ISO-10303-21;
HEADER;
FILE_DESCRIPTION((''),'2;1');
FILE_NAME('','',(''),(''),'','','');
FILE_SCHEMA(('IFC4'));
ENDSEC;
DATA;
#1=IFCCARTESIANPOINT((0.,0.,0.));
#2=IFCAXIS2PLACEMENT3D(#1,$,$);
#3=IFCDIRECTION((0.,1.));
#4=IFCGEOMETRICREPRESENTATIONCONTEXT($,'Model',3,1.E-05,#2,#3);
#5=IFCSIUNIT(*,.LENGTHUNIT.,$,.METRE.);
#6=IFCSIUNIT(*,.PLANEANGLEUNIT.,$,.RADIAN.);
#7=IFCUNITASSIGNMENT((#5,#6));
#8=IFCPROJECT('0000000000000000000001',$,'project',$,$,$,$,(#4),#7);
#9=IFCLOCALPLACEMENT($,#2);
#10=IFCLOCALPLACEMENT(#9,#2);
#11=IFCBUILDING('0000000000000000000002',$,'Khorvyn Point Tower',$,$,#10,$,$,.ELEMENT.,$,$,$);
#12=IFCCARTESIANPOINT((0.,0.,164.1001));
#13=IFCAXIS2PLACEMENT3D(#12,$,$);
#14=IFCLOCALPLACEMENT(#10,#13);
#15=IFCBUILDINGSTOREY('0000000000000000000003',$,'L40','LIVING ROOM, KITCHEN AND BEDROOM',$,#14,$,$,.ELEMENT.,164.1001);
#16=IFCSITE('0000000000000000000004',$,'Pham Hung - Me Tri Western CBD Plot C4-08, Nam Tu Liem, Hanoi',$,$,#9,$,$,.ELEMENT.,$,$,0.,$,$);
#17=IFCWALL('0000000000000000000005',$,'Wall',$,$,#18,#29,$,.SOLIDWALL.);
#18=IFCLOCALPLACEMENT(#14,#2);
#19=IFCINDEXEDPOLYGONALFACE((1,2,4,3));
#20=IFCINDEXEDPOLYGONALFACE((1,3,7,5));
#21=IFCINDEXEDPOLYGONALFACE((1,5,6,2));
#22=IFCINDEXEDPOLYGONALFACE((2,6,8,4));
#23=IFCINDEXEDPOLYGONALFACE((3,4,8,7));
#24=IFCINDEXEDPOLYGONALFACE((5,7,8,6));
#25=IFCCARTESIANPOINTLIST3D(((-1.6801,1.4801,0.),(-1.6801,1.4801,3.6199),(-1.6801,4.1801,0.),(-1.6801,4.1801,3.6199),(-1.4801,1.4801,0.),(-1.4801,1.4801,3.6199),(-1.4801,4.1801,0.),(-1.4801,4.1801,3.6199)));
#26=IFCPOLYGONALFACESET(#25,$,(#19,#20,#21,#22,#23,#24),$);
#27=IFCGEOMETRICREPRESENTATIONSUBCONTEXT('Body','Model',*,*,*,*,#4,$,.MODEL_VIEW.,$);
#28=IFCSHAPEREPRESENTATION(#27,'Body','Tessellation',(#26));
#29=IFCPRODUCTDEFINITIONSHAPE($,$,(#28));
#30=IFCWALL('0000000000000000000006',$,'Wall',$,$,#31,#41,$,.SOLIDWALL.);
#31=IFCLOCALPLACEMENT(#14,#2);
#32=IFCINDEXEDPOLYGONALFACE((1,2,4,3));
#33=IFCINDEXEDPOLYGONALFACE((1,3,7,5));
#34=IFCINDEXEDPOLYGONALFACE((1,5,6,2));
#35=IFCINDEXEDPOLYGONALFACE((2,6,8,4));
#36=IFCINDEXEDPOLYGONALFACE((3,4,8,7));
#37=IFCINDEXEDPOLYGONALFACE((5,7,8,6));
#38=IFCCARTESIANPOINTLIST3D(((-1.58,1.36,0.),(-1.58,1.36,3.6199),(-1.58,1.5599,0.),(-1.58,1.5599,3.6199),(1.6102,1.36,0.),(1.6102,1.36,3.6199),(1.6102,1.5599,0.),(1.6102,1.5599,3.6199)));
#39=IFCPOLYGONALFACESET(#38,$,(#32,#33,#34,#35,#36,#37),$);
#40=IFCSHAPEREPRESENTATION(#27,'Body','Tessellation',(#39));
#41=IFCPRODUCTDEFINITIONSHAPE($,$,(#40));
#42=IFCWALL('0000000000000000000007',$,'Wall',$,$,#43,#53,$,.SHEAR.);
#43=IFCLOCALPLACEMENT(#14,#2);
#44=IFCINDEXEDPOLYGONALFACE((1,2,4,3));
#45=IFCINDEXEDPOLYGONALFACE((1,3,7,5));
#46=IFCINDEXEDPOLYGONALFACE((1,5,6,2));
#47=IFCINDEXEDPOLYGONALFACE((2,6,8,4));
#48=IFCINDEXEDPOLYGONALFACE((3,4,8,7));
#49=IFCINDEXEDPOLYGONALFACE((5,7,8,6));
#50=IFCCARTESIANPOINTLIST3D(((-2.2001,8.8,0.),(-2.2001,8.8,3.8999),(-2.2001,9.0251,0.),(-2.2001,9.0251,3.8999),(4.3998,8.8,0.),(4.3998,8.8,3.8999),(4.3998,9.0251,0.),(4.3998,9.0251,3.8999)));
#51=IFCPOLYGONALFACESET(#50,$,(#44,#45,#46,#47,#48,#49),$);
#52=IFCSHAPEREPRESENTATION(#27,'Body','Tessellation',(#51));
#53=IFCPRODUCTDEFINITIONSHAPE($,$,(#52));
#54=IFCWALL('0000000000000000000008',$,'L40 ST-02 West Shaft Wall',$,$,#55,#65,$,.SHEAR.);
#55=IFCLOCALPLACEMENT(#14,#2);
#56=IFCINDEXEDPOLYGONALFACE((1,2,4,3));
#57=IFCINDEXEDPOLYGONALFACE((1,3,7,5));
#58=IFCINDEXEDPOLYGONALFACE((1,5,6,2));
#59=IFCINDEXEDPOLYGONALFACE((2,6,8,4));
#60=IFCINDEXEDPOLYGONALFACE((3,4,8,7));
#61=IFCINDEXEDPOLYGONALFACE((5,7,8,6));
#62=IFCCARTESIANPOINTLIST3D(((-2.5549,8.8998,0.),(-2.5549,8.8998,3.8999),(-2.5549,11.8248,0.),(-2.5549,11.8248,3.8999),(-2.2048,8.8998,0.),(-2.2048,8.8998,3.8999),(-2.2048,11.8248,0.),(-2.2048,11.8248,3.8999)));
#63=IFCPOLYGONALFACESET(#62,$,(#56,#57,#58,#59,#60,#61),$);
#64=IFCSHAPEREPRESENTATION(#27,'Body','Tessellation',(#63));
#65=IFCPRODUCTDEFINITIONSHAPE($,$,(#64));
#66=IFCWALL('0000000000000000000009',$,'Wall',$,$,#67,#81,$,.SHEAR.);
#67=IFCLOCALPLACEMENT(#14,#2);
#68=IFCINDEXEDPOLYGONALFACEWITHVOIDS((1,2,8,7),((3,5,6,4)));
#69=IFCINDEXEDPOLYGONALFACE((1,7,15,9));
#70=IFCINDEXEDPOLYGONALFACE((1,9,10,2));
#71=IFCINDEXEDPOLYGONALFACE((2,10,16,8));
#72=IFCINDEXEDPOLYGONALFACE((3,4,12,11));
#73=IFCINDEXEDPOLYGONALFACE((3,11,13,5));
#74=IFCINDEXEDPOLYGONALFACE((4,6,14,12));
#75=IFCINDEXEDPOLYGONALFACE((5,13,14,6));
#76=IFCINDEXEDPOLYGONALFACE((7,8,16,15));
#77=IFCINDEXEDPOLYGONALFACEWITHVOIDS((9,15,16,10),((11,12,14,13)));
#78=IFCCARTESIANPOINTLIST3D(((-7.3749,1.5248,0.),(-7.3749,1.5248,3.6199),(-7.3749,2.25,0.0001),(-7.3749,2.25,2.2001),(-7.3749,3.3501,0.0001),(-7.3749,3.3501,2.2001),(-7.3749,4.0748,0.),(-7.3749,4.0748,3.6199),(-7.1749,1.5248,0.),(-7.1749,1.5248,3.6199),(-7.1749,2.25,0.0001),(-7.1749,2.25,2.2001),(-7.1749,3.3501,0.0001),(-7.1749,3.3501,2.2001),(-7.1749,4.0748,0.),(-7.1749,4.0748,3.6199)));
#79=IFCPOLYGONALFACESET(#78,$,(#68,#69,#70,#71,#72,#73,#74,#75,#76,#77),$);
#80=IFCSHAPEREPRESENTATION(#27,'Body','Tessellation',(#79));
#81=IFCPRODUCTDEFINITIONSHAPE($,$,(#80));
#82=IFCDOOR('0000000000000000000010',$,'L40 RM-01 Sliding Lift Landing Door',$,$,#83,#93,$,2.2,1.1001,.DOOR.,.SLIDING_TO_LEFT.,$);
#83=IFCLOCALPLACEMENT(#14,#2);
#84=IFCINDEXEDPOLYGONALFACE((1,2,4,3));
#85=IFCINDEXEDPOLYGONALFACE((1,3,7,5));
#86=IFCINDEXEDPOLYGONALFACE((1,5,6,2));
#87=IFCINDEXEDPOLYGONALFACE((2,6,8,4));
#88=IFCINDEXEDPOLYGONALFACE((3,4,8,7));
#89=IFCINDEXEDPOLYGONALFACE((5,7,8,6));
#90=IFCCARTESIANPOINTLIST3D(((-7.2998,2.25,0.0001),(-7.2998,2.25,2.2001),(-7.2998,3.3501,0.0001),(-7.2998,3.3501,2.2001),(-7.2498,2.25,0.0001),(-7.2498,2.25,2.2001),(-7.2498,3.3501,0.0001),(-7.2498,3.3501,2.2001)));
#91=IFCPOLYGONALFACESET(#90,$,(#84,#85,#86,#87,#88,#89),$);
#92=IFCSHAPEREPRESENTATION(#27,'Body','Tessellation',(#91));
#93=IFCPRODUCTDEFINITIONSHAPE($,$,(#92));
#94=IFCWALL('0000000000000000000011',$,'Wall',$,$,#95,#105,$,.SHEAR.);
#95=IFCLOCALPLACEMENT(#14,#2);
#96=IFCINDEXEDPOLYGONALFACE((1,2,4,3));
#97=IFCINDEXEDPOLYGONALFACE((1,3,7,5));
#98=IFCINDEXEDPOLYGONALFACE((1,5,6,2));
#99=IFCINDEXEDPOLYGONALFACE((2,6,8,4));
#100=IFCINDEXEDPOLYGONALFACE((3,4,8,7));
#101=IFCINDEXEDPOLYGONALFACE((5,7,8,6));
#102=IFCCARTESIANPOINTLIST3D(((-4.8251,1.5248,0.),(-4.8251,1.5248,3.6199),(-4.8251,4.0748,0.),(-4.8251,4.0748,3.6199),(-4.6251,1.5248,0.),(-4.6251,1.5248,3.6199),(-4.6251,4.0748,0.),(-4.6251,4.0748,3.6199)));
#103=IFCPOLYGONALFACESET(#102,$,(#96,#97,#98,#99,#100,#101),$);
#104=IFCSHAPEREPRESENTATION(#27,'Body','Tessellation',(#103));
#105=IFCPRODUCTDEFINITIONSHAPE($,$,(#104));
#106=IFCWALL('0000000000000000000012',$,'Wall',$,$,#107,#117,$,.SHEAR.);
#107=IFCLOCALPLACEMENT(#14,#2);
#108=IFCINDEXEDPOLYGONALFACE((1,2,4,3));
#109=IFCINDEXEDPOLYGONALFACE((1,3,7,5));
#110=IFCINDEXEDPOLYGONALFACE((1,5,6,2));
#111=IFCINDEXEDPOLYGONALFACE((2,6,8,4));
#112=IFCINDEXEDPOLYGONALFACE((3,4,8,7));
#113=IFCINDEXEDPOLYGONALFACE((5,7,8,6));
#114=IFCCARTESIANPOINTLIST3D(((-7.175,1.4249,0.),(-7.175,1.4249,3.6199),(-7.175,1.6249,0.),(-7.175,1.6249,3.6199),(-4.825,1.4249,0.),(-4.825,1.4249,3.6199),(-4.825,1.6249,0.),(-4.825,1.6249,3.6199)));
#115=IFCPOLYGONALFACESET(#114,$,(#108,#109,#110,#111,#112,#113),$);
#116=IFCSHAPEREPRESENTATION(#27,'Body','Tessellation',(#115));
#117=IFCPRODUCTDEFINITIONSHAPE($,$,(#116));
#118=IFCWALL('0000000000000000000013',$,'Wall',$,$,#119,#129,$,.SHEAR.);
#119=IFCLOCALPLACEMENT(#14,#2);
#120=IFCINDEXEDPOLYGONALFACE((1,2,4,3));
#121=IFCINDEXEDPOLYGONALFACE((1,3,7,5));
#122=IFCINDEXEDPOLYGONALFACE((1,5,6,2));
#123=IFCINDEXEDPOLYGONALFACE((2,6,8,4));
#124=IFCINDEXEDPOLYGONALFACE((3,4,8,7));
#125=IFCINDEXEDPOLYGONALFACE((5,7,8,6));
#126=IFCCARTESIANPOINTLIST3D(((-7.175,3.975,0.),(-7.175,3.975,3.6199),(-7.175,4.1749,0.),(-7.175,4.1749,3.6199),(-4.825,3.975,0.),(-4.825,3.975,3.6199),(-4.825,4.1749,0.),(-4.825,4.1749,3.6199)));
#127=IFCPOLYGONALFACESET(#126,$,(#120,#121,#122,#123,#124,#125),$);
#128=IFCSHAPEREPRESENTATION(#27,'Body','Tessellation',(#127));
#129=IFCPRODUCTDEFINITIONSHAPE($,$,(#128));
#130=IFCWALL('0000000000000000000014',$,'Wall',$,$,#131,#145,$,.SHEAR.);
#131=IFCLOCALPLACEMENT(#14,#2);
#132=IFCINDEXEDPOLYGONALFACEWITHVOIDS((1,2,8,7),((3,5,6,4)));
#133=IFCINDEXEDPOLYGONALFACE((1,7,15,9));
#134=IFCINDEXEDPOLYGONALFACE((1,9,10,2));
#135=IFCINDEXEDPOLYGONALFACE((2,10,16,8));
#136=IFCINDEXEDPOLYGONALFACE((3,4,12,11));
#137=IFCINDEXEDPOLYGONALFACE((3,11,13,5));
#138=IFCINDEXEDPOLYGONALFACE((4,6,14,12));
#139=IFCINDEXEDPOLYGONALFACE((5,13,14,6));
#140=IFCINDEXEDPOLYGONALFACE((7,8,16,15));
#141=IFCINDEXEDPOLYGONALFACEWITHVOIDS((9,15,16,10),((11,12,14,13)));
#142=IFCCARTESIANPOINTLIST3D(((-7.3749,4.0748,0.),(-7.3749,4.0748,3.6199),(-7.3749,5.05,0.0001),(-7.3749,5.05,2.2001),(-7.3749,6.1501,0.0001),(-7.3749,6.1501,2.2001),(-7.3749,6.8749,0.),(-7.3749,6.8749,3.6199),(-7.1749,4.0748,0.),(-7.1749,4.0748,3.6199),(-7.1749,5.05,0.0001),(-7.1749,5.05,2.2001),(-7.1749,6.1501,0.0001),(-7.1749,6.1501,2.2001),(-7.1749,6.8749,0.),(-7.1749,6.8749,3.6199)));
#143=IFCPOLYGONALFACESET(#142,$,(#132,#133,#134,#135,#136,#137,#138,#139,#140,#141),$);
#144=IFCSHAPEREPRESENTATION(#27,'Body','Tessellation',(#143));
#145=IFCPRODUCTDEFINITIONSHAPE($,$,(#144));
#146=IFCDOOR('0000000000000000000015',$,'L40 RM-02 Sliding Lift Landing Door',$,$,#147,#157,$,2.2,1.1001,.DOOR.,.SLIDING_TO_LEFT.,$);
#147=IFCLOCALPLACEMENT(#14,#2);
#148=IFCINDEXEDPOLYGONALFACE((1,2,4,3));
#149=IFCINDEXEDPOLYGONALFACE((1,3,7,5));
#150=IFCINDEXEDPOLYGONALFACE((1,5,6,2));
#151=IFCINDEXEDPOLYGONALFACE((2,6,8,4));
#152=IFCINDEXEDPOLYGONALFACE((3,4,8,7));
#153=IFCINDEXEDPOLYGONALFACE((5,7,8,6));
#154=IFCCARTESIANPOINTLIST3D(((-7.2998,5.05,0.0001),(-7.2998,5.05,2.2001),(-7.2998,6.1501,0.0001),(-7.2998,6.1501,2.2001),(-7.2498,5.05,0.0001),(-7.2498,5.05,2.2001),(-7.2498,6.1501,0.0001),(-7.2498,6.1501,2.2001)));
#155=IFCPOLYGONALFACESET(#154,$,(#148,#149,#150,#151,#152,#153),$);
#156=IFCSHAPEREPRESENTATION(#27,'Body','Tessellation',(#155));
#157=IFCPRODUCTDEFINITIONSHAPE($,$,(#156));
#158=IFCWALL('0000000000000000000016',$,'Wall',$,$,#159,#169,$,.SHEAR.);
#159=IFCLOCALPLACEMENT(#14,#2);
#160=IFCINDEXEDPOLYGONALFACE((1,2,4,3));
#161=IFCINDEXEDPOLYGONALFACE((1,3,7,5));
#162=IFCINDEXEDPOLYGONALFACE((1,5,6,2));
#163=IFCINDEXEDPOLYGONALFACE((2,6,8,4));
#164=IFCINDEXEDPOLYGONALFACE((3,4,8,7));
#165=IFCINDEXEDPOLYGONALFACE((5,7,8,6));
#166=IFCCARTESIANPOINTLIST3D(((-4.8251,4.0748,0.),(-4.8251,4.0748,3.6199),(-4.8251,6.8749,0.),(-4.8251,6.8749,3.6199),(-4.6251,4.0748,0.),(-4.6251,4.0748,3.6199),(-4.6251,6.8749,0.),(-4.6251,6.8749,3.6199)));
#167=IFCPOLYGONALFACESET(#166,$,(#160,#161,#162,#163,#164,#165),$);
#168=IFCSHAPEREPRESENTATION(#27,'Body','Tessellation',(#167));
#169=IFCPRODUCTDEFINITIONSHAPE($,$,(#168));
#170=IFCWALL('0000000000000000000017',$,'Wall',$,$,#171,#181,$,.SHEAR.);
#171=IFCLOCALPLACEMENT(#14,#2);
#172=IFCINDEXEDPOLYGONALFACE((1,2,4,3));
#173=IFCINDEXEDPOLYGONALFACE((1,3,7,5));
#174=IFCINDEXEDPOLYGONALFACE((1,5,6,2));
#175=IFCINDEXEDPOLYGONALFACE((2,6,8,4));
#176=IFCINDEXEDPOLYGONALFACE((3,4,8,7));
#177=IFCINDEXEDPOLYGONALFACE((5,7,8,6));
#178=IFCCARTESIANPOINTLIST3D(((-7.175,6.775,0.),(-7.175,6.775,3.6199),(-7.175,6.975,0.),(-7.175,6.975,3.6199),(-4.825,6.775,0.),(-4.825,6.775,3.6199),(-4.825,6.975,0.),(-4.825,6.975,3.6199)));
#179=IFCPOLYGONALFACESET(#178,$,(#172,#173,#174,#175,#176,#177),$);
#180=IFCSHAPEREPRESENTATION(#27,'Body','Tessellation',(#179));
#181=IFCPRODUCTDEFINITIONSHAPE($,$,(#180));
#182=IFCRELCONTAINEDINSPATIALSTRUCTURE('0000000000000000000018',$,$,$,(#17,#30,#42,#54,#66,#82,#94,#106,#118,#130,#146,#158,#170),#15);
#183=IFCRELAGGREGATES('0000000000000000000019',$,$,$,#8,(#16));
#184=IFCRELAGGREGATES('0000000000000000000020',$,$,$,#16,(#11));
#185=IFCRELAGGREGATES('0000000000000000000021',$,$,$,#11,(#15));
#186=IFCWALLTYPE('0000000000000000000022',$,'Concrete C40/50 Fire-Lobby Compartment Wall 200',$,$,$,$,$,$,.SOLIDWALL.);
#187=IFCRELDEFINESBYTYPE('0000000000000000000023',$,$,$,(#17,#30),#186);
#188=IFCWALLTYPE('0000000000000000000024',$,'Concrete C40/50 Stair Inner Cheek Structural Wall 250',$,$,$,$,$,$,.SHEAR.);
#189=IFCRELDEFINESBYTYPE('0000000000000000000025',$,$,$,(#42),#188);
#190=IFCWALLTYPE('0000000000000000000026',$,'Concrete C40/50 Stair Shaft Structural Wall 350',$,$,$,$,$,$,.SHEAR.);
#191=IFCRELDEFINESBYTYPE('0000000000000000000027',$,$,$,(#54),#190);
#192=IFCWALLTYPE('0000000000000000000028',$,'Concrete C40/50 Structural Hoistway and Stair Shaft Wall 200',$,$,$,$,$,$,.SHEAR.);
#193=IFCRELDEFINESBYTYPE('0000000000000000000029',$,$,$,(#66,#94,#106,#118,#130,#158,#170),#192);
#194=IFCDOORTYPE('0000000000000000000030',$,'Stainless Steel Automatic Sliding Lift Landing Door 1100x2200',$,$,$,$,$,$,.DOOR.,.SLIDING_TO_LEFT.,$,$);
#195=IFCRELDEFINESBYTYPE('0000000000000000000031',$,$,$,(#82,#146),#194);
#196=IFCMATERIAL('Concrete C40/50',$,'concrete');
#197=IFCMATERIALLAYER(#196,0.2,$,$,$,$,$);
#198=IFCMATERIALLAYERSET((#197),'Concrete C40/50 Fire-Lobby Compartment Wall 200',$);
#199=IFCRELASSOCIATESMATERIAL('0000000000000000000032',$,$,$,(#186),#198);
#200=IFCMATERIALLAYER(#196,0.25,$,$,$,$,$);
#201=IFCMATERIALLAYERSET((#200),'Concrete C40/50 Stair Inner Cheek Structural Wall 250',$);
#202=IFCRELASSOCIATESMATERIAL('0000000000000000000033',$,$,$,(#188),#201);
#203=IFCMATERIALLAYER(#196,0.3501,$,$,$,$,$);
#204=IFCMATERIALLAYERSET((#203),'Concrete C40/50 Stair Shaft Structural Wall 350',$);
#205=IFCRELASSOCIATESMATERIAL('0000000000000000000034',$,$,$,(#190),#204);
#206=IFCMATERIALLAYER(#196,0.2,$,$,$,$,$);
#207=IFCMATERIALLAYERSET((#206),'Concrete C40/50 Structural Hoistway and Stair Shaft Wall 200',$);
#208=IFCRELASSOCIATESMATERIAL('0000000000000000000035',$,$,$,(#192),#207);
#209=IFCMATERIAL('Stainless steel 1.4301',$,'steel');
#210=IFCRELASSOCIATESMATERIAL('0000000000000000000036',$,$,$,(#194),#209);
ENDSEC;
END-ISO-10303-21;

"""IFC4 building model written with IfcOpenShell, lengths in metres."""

from ifc_helpers import new_model, si_unit, direction, frame, frame_2d, origin, place, context, subcontext, project, spatial, rectangle, extrude, material, layer, layer_set, type_object, element, fill, save


model = new_model("IFC4")

# Units and contexts
model_context = context("Model", 3, precision=1e-05, world=origin(), true_north=direction((0.0, 1.0)))
body_context = subcontext(model_context, "Body", "Model", "MODEL_VIEW")
ifc_project = project(units=[si_unit("LENGTHUNIT", "METRE"), si_unit("PLANEANGLEUNIT", "RADIAN")], contexts=[model_context])

# Site, building, storey
site_placement = place(None, origin())
site = spatial("IfcSite", under=ifc_project, at=site_placement, Name="Pham Hung - Me Tri Western CBD Plot C4-08, Nam Tu Liem, Hanoi", CompositionType="ELEMENT", RefElevation=0.0)
building_placement = place(site_placement, origin())
building = spatial("IfcBuilding", under=site, at=building_placement, Name="Khorvyn Point Tower", CompositionType="ELEMENT")
storey_placement = place(building_placement, frame((0.0, 0.0, 164.1001)))
storey = spatial("IfcBuildingStorey", under=building, at=storey_placement, Name="L40", Description="LIVING ROOM, KITCHEN AND BEDROOM", CompositionType="ELEMENT", Elevation=164.1001)

# Shared definitions
ifc_material_1 = material(Name="Concrete C40/50", Category="concrete")

# Walls
ifc_layer_1 = layer(ifc_material_1, 0.2)
ifc_layer_set_1 = layer_set([ifc_layer_1], Name="Concrete C40/50 Fire-Lobby Compartment Wall 200")
wall_type_1 = type_object("IfcWallType", Name="Concrete C40/50 Fire-Lobby Compartment Wall 200", PredefinedType="SOLIDWALL", material=ifc_layer_set_1)
wall_1_placement = place(storey_placement, frame((-1.5801, 1.48, 0.0), z_axis=(0.0, 0.0, 1.0), x_axis=(0.0, 1.0, 0.0)))
element("IfcWall", 1, at=wall_1_placement, inside=storey, type_object=wall_type_1, Name="Wall", PredefinedType="SOLIDWALL", context=body_context, shape_type="SweptSolid", body=[
    extrude(rectangle(XDim=2.7, YDim=0.2, at=frame_2d((1.3501, 0.0))), origin(), (0.0, 0.0, 1.0), 3.6199),
])
wall_2_placement = place(storey_placement, frame((-1.5801, 1.46, 0.0), z_axis=(0.0, 0.0, 1.0), x_axis=(1.0, 0.0, 0.0)))
element("IfcWall", 2, at=wall_2_placement, inside=storey, type_object=wall_type_1, Name="Wall", PredefinedType="SOLIDWALL", context=body_context, shape_type="SweptSolid", body=[
    extrude(rectangle(XDim=3.1902, YDim=0.2, at=frame_2d((1.5952, 0.0))), origin(), (0.0, 0.0, 1.0), 3.6199),
])
ifc_layer_2 = layer(ifc_material_1, 0.25)
ifc_layer_set_2 = layer_set([ifc_layer_2], Name="Concrete C40/50 Stair Inner Cheek Structural Wall 250")
wall_type_2 = type_object("IfcWallType", Name="Concrete C40/50 Stair Inner Cheek Structural Wall 250", PredefinedType="SHEAR", material=ifc_layer_set_2)
wall_3_placement = place(storey_placement, frame((-2.2, 8.9126, 0.0), z_axis=(0.0, 0.0, 1.0), x_axis=(1.0, 0.0, 0.0)))
element("IfcWall", 3, at=wall_3_placement, inside=storey, type_object=wall_type_2, Name="Wall", PredefinedType="SHEAR", context=body_context, shape_type="SweptSolid", body=[
    extrude(rectangle(XDim=6.5999, YDim=0.2251, at=frame_2d((3.2998, 0.0))), origin(), (0.0, 0.0, 1.0), 3.8999),
])
ifc_layer_3 = layer(ifc_material_1, 0.3501)
ifc_layer_set_3 = layer_set([ifc_layer_3], Name="Concrete C40/50 Stair Shaft Structural Wall 350")
wall_type_3 = type_object("IfcWallType", Name="Concrete C40/50 Stair Shaft Structural Wall 350", PredefinedType="SHEAR", material=ifc_layer_set_3)
wall_4_placement = place(storey_placement, frame((-2.3799, 8.8999, 0.0), z_axis=(0.0, 0.0, 1.0), x_axis=(0.0, 1.0, 0.0)))
element("IfcWall", 4, at=wall_4_placement, inside=storey, type_object=wall_type_3, Name="L40 ST-02 West Shaft Wall", PredefinedType="SHEAR", context=body_context, shape_type="SweptSolid", body=[
    extrude(rectangle(XDim=2.925, YDim=0.3501, at=frame_2d((1.4624, 0.0))), origin(), (0.0, 0.0, 1.0), 3.8999),
])

# Wall, opening, door
ifc_layer_4 = layer(ifc_material_1, 0.2)
ifc_layer_set_4 = layer_set([ifc_layer_4], Name="Concrete C40/50 Structural Hoistway and Stair Shaft Wall 200")
wall_type_4 = type_object("IfcWallType", Name="Concrete C40/50 Structural Hoistway and Stair Shaft Wall 200", PredefinedType="SHEAR", material=ifc_layer_set_4)
wall_5_placement = place(storey_placement, frame((-7.2749, 1.5249, 0.0), z_axis=(0.0, 0.0, 1.0), x_axis=(0.0, 1.0, 0.0)))
wall_5 = element("IfcWall", 5, at=wall_5_placement, inside=storey, type_object=wall_type_4, Name="Wall", PredefinedType="SHEAR", context=body_context, shape_type="SweptSolid", body=[
    extrude(rectangle(XDim=2.55, YDim=0.2, at=frame_2d((1.2749, 0.0))), origin(), (0.0, 0.0, 1.0), 3.6199),
])
opening_1_placement = place(wall_5_placement, frame((0.7251, 0.0, 0.0)))
opening_1 = element("IfcOpeningElement", 6, at=opening_1_placement, cuts=wall_5, PredefinedType="OPENING", context=body_context, shape_type="SweptSolid", body=[
    extrude(rectangle(XDim=1.1001, YDim=2.2, at=frame_2d((0.55, 1.1001))), frame((0.0, 0.1099, 0.0), z_axis=(0.0, -1.0, 0.0), x_axis=(1.0, 0.0, 0.0)), (0.0, 0.0, 1.0), 0.22),
])
ifc_material_2 = material(Name="Stainless steel 1.4301", Category="steel")
door_type = type_object("IfcDoorType", Name="Stainless Steel Automatic Sliding Lift Landing Door 1100x2200", OperationType="SLIDING_TO_LEFT", PredefinedType="DOOR", material=ifc_material_2)
door_1_placement = place(opening_1_placement, origin())
door_1 = element("IfcDoor", 7, at=door_1_placement, inside=storey, type_object=door_type, Name="L40 RM-01 Sliding Lift Landing Door", OperationType="SLIDING_TO_LEFT", OverallHeight=2.2, OverallWidth=1.1001, PredefinedType="DOOR", context=body_context, shape_type="SweptSolid", body=[
    extrude(rectangle(XDim=1.1001, YDim=2.2, at=frame_2d((0.55, 1.1001))), frame((0.0, 0.0249, 0.0), z_axis=(0.0, -1.0, 0.0), x_axis=(1.0, 0.0, 0.0)), (0.0, 0.0, 1.0), 0.05),
])
fill(opening_1, door_1)

# Walls
wall_6_placement = place(storey_placement, frame((-4.7251, 1.5249, 0.0), z_axis=(0.0, 0.0, 1.0), x_axis=(0.0, 1.0, 0.0)))
element("IfcWall", 8, at=wall_6_placement, inside=storey, type_object=wall_type_4, Name="Wall", PredefinedType="SHEAR", context=body_context, shape_type="SweptSolid", body=[
    extrude(rectangle(XDim=2.55, YDim=0.2, at=frame_2d((1.2749, 0.0))), origin(), (0.0, 0.0, 1.0), 3.6199),
])
for number, where, z_axis, x_axis, name in (
    (9, (-7.175, 1.5249, 0.0), (0.0, 0.0, 1.0), (1.0, 0.0, 0.0), "Wall"),
    (10, (-7.175, 4.075, 0.0), (0.0, 0.0, 1.0), (1.0, 0.0, 0.0), "Wall"),
):
    element("IfcWall", number, at=place(storey_placement, frame(where, z_axis=z_axis, x_axis=x_axis)), inside=storey, type_object=wall_type_4, Name=name, PredefinedType="SHEAR", context=body_context, shape_type="SweptSolid", body=[
        extrude(rectangle(XDim=2.3501, YDim=0.2, at=frame_2d((1.175, 0.0))), origin(), (0.0, 0.0, 1.0), 3.6199),
    ])

# Wall, opening, door
wall_7_placement = place(storey_placement, frame((-7.2749, 4.075, 0.0), z_axis=(0.0, 0.0, 1.0), x_axis=(0.0, 1.0, 0.0)))
wall_7 = element("IfcWall", 11, at=wall_7_placement, inside=storey, type_object=wall_type_4, Name="Wall", PredefinedType="SHEAR", context=body_context, shape_type="SweptSolid", body=[
    extrude(rectangle(XDim=2.8, YDim=0.2, at=frame_2d((1.3999, 0.0))), origin(), (0.0, 0.0, 1.0), 3.6199),
])
opening_2_placement = place(wall_7_placement, frame((0.9751, 0.0, 0.0)))
opening_2 = element("IfcOpeningElement", 12, at=opening_2_placement, cuts=wall_7, PredefinedType="OPENING", context=body_context, shape_type="SweptSolid", body=[
    extrude(rectangle(XDim=1.1001, YDim=2.2, at=frame_2d((0.55, 1.1001))), frame((0.0, 0.1099, 0.0), z_axis=(0.0, -1.0, 0.0), x_axis=(1.0, 0.0, 0.0)), (0.0, 0.0, 1.0), 0.22),
])
door_2_placement = place(opening_2_placement, origin())
door_2 = element("IfcDoor", 13, at=door_2_placement, inside=storey, type_object=door_type, Name="L40 RM-02 Sliding Lift Landing Door", OperationType="SLIDING_TO_LEFT", OverallHeight=2.2, OverallWidth=1.1001, PredefinedType="DOOR", context=body_context, shape_type="SweptSolid", body=[
    extrude(rectangle(XDim=1.1001, YDim=2.2, at=frame_2d((0.55, 1.1001))), frame((0.0, 0.0249, 0.0), z_axis=(0.0, -1.0, 0.0), x_axis=(1.0, 0.0, 0.0)), (0.0, 0.0, 1.0), 0.05),
])
fill(opening_2, door_2)

# Walls
wall_8_placement = place(storey_placement, frame((-4.7251, 4.075, 0.0), z_axis=(0.0, 0.0, 1.0), x_axis=(0.0, 1.0, 0.0)))
element("IfcWall", 14, at=wall_8_placement, inside=storey, type_object=wall_type_4, Name="Wall", PredefinedType="SHEAR", context=body_context, shape_type="SweptSolid", body=[
    extrude(rectangle(XDim=2.8, YDim=0.2, at=frame_2d((1.3999, 0.0))), origin(), (0.0, 0.0, 1.0), 3.6199),
])
wall_9_placement = place(storey_placement, frame((-7.175, 6.875, 0.0), z_axis=(0.0, 0.0, 1.0), x_axis=(1.0, 0.0, 0.0)))
element("IfcWall", 15, at=wall_9_placement, inside=storey, type_object=wall_type_4, Name="Wall", PredefinedType="SHEAR", context=body_context, shape_type="SweptSolid", body=[
    extrude(rectangle(XDim=2.3501, YDim=0.2, at=frame_2d((1.175, 0.0))), origin(), (0.0, 0.0, 1.0), 3.6199),
])

save(model, "model.ifc")
